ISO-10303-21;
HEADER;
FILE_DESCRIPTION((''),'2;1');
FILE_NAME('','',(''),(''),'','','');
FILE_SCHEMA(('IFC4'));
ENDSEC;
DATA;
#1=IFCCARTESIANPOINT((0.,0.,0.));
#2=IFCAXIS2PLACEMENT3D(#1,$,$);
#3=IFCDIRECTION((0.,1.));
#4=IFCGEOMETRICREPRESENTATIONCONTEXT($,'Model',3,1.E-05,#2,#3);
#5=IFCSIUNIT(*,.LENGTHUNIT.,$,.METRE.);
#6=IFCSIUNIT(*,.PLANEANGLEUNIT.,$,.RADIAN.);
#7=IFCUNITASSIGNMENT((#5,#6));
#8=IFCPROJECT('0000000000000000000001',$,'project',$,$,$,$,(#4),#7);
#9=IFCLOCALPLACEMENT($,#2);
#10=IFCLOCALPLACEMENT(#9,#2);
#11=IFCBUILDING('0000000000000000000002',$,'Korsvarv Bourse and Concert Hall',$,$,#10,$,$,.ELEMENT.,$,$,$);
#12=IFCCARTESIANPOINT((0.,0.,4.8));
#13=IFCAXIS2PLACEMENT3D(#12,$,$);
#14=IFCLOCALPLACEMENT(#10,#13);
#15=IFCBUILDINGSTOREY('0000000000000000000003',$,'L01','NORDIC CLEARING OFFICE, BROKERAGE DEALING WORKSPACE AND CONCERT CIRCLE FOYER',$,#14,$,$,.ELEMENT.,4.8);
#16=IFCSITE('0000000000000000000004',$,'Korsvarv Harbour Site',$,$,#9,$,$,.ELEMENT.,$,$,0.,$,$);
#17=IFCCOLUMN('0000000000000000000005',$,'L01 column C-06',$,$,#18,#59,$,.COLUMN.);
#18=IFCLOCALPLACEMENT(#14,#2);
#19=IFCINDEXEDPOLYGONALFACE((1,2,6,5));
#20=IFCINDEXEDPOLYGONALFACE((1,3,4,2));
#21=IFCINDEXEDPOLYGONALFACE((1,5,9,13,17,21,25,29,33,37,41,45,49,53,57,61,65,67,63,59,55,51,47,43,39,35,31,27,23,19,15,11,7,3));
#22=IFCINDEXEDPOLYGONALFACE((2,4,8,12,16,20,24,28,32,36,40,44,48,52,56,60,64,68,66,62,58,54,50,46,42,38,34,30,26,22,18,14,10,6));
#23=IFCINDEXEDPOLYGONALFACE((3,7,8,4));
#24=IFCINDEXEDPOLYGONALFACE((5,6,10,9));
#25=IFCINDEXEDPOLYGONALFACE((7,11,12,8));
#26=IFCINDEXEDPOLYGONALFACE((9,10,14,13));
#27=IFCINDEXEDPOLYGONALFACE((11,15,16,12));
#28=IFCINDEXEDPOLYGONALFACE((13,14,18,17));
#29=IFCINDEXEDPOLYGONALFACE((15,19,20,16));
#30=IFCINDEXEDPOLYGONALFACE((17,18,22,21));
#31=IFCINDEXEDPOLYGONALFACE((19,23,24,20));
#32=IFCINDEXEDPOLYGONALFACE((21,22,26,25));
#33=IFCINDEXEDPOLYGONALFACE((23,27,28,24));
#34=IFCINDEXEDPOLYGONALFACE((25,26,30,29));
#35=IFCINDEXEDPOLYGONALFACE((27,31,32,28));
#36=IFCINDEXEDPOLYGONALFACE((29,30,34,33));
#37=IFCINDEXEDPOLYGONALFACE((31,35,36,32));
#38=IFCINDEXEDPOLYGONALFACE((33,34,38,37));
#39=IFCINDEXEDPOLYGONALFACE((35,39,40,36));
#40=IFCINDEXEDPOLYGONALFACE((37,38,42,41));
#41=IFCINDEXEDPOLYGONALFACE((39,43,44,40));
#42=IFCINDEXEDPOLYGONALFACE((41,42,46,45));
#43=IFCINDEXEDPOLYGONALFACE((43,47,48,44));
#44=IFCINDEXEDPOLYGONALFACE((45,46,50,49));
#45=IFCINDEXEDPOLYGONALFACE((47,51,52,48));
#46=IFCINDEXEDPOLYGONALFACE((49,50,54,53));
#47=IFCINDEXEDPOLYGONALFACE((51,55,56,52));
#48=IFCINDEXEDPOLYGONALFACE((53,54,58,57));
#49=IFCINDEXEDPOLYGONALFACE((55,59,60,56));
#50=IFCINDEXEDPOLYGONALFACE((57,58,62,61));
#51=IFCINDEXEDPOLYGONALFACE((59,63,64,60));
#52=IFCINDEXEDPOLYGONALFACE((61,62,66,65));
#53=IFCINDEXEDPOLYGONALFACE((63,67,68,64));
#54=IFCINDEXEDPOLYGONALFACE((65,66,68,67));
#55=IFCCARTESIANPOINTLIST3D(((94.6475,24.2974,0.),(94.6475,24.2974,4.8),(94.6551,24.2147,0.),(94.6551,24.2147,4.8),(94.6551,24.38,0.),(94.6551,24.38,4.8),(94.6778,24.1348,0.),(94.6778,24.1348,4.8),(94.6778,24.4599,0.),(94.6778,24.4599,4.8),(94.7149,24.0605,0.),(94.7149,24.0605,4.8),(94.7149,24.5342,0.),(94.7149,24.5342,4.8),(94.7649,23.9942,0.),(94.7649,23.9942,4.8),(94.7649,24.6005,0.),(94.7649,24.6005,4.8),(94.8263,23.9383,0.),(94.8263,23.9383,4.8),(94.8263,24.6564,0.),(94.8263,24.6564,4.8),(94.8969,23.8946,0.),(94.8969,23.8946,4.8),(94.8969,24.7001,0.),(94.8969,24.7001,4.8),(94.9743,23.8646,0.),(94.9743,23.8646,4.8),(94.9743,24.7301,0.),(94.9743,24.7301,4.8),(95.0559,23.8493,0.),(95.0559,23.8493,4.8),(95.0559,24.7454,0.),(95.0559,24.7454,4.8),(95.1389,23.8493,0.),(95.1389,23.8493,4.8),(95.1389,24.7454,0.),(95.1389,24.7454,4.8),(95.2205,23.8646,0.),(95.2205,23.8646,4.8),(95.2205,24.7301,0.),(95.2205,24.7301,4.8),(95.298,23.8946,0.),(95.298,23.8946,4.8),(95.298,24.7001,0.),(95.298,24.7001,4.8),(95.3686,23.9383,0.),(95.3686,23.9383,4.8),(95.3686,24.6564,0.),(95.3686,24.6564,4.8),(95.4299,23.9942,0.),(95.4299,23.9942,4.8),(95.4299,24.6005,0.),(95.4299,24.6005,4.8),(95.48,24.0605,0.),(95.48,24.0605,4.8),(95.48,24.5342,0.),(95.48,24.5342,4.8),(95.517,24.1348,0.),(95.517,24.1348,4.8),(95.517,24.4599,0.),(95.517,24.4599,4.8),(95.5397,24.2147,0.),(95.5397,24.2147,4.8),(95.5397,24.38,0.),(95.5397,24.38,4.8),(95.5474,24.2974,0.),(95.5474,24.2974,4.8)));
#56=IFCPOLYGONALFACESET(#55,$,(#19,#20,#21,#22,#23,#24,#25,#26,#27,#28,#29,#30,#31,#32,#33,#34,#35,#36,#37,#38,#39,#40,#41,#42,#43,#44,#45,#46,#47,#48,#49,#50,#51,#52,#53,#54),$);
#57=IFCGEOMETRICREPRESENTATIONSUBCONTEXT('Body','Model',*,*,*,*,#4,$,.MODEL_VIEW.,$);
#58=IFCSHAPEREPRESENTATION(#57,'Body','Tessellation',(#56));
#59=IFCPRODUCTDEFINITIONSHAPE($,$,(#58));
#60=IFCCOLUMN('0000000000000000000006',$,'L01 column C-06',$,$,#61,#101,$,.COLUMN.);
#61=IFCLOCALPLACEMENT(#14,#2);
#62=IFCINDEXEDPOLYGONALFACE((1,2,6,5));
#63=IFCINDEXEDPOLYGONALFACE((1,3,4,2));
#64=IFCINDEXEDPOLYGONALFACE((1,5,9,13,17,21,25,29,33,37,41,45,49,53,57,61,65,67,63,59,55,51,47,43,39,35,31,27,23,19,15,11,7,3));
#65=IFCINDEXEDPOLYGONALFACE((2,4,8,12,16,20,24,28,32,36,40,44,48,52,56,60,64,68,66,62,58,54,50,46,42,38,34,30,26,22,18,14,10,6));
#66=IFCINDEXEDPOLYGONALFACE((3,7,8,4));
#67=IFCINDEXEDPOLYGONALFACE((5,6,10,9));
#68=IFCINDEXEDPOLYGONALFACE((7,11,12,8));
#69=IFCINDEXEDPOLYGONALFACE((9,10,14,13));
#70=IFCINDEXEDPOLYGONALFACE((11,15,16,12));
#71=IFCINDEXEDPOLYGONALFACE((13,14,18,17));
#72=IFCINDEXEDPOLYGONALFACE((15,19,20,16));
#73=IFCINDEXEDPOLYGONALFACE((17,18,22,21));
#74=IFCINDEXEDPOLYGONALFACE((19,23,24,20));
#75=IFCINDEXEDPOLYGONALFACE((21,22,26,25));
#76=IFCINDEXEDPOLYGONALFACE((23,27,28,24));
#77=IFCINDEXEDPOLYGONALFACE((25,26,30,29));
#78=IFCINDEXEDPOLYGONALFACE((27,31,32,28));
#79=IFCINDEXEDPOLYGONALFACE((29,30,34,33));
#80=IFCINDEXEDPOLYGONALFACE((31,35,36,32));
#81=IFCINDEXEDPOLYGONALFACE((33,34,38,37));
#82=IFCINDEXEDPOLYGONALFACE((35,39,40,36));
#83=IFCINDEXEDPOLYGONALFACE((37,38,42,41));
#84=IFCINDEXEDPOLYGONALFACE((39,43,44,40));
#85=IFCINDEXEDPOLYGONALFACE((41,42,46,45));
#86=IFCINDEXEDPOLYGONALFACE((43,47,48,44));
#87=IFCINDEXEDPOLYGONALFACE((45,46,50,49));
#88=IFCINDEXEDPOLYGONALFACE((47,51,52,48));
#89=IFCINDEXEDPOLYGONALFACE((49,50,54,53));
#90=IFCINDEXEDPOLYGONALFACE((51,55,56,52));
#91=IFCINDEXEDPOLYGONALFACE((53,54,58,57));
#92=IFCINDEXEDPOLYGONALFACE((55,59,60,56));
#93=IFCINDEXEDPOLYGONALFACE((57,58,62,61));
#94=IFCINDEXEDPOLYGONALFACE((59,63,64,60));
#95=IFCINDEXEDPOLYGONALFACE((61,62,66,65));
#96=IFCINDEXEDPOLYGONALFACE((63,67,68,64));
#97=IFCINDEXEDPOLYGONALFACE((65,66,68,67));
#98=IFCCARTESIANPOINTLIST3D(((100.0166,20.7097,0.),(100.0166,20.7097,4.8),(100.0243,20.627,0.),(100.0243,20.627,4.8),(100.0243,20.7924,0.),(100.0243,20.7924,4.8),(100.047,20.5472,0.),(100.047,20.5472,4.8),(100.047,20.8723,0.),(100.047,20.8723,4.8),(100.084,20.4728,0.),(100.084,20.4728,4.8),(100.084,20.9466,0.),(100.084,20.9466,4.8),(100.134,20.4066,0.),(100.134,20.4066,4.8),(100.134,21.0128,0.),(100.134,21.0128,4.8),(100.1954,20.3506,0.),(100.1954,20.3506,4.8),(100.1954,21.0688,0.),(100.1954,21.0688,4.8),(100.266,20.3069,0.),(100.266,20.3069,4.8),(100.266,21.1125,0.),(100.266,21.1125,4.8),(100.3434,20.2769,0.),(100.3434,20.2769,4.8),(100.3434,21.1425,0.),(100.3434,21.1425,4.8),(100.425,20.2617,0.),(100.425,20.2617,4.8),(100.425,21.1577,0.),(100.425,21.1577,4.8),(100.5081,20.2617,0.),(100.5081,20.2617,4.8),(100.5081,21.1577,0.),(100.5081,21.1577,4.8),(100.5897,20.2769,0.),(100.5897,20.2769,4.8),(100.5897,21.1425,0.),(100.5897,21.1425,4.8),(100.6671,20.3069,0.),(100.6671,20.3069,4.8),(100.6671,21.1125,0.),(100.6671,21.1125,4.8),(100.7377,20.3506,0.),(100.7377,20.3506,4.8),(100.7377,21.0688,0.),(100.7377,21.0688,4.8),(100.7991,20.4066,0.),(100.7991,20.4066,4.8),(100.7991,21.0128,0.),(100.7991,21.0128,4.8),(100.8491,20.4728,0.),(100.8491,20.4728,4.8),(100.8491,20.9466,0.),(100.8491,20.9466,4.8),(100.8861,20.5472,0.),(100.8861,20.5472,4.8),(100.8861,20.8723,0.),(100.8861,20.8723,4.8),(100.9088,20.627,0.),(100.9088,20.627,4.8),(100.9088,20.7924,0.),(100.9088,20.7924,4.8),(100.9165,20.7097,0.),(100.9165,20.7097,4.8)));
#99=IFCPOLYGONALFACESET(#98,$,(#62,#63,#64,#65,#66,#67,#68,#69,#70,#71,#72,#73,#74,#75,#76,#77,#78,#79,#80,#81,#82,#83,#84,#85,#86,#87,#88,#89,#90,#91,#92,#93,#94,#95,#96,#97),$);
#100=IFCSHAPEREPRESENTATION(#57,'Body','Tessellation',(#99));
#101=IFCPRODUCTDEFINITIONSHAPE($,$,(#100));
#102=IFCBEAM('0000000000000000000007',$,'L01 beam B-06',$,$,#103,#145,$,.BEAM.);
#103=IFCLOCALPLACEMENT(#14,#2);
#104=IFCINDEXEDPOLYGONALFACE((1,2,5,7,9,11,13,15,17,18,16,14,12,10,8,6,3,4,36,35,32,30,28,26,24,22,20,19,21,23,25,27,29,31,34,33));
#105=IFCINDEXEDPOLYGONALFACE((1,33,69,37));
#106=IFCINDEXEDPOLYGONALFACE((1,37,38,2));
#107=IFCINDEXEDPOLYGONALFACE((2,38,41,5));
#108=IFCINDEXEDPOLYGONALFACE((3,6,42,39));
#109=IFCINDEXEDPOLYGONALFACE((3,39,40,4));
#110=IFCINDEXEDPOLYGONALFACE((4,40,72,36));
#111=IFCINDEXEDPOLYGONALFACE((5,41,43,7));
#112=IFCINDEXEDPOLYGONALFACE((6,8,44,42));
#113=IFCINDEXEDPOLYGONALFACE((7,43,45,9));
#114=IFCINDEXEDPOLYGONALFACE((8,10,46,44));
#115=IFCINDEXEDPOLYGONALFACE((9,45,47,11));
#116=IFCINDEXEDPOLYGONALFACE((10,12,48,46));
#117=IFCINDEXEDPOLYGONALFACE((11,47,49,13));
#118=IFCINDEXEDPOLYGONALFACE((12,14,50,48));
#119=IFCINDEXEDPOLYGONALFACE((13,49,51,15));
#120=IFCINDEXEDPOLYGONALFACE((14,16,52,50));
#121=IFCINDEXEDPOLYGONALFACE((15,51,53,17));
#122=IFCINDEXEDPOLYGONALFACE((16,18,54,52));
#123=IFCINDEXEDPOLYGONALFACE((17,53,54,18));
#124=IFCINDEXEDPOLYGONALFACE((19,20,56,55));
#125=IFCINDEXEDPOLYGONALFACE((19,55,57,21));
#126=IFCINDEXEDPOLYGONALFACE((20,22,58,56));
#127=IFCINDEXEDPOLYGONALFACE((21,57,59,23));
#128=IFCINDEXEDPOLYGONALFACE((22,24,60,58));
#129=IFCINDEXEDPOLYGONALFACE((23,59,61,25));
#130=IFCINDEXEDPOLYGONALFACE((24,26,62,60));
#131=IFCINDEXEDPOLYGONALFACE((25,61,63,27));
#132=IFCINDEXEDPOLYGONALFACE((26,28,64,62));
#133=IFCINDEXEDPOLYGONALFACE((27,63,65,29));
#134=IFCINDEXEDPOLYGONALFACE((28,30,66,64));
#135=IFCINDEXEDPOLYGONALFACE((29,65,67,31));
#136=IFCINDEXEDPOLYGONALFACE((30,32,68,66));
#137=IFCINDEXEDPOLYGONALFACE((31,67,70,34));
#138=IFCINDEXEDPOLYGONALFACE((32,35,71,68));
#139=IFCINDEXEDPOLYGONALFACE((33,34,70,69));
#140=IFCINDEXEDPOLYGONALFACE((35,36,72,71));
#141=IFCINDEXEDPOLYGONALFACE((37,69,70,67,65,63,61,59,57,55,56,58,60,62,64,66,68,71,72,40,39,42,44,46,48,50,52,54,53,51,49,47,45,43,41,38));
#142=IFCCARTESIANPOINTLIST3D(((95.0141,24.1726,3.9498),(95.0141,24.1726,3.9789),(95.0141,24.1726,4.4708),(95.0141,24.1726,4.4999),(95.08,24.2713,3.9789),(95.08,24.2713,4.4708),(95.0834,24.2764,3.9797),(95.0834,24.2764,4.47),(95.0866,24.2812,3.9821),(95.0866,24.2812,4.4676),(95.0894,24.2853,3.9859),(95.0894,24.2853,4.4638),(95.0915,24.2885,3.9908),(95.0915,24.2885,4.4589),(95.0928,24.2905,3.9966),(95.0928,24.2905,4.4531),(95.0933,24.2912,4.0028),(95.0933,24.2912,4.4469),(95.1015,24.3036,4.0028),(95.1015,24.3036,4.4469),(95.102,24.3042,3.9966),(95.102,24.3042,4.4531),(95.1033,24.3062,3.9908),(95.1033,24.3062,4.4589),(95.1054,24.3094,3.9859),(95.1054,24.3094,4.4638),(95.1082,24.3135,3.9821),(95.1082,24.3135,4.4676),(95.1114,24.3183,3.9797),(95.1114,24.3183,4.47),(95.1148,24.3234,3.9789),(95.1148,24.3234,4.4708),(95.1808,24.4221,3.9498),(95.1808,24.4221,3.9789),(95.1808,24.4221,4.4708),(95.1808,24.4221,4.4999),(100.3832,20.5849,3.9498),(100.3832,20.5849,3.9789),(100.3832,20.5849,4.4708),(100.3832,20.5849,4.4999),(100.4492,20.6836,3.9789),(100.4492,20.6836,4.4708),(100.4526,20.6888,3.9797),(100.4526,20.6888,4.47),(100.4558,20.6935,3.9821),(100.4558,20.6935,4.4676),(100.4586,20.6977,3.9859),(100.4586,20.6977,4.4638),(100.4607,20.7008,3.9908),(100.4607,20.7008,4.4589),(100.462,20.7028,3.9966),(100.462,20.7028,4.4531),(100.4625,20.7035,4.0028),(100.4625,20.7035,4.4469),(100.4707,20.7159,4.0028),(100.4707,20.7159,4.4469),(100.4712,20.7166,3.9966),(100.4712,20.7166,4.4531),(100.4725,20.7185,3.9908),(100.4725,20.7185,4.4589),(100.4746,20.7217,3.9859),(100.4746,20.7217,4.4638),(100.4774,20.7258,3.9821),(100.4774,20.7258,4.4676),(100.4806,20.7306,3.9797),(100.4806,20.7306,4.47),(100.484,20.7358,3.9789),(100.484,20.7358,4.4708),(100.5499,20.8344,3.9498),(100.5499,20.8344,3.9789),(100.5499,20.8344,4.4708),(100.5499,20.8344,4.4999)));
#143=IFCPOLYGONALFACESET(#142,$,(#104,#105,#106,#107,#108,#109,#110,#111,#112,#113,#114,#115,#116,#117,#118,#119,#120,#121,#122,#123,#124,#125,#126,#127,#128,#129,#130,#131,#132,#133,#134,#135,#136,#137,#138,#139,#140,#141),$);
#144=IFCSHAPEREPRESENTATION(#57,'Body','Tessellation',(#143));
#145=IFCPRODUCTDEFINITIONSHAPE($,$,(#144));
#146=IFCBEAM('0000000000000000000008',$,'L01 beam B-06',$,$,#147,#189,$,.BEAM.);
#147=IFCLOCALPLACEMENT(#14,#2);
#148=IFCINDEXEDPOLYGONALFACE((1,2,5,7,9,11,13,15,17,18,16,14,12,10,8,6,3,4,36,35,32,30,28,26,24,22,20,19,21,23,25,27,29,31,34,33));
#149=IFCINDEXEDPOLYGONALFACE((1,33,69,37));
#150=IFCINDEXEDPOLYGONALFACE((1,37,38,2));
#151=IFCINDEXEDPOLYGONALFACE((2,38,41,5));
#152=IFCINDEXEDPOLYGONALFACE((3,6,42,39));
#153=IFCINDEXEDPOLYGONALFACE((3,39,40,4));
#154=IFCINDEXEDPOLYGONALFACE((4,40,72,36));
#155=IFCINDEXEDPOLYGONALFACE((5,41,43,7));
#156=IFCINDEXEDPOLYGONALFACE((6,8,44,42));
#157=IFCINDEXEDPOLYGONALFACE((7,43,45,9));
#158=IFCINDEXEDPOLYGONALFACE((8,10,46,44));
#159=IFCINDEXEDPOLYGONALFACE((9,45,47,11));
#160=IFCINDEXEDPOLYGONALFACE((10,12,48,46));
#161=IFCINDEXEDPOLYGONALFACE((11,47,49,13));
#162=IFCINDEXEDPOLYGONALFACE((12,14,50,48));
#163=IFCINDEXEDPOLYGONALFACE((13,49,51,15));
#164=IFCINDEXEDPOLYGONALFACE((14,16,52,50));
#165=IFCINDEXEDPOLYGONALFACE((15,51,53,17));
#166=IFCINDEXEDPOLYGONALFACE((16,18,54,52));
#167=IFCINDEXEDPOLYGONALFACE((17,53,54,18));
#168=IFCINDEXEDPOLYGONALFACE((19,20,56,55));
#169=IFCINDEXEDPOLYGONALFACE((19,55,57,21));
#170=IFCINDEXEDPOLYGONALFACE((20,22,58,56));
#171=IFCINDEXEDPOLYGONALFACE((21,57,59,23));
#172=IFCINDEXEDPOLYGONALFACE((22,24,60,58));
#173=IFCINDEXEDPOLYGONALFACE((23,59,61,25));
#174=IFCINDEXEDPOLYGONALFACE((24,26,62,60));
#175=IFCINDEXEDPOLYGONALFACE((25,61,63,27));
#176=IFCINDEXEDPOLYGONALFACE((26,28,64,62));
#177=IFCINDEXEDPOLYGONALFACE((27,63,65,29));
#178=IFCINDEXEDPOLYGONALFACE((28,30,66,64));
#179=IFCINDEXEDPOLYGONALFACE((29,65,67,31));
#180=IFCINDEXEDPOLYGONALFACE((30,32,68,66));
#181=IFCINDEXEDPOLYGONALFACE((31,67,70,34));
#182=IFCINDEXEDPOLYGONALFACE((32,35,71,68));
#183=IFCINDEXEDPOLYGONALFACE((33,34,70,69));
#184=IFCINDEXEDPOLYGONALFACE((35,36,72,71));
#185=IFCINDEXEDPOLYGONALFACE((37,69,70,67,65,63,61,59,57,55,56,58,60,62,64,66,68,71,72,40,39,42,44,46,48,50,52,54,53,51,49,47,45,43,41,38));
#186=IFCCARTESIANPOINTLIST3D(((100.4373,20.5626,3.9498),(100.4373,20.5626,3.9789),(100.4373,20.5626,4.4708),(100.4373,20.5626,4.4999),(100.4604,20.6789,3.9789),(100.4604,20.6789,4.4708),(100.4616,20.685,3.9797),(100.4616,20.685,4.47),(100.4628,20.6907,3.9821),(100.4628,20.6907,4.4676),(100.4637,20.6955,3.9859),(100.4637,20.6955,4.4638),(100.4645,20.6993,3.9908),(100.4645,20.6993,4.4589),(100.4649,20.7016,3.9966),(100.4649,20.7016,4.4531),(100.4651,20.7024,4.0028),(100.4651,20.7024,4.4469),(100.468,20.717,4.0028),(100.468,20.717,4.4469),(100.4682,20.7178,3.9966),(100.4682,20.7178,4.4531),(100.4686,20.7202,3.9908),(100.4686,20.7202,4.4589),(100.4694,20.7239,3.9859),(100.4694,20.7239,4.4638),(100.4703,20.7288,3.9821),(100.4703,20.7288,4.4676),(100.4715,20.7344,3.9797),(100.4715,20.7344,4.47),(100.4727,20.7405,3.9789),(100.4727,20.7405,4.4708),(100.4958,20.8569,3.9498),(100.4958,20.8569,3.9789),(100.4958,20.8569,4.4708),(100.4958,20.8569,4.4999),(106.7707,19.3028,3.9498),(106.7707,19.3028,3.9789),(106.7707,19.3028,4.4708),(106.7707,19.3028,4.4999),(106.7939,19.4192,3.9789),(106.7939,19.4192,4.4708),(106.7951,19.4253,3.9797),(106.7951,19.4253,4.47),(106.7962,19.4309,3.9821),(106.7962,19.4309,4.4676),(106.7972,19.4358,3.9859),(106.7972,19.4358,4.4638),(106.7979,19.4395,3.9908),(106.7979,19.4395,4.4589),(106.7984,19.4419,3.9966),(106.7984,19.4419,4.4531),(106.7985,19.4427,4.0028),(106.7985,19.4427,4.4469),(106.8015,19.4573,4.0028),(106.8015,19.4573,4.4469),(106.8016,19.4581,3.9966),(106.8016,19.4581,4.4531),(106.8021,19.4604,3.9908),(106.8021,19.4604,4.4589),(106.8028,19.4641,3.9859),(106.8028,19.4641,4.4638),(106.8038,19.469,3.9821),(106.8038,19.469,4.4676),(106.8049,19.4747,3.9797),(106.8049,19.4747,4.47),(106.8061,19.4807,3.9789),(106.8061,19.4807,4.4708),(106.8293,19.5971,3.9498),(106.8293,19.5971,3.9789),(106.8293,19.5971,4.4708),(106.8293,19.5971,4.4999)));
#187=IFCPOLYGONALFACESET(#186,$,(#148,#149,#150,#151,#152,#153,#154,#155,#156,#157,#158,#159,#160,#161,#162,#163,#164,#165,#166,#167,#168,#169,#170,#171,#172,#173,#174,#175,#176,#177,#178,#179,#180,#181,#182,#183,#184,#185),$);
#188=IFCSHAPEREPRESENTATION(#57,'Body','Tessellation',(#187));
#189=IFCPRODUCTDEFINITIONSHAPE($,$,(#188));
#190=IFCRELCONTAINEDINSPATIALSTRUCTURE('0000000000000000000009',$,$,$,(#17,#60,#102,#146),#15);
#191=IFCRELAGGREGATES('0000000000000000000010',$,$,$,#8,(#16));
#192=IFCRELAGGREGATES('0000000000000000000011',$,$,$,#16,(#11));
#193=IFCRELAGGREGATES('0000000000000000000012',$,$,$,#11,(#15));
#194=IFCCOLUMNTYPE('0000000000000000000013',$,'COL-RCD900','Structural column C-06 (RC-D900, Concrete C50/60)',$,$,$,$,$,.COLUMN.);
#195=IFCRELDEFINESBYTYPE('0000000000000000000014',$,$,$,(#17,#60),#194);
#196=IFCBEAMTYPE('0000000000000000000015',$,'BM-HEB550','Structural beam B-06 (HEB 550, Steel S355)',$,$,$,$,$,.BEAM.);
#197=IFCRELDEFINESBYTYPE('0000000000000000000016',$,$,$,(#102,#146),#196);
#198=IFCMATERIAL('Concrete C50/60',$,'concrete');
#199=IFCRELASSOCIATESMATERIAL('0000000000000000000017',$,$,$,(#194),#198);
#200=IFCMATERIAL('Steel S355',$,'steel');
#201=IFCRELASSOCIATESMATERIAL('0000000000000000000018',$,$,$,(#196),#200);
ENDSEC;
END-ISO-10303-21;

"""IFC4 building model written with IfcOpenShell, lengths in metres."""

from ifc_helpers import new_model, si_unit, direction, frame, origin, origin_2d, place, context, subcontext, project, spatial, circle, i_section, extrude, source, transform, mapped, material, material_profile, profile_set, type_object, element, save


model = new_model("IFC4")

# Units and contexts
model_context = context("Model", 3, precision=1e-05, world=origin(), true_north=direction((0.0, 1.0)))
body_context = subcontext(model_context, "Body", "Model", "MODEL_VIEW")
ifc_project = project(units=[si_unit("LENGTHUNIT", "METRE"), si_unit("PLANEANGLEUNIT", "RADIAN")], contexts=[model_context])

# Site, building, storey
site_placement = place(None, origin())
site = spatial("IfcSite", under=ifc_project, at=site_placement, Name="Korsvarv Harbour Site", CompositionType="ELEMENT", RefElevation=0.0)
building_placement = place(site_placement, origin())
building = spatial("IfcBuilding", under=site, at=building_placement, Name="Korsvarv Bourse and Concert Hall", CompositionType="ELEMENT")
storey_placement = place(building_placement, frame((0.0, 0.0, 4.8)))
storey = spatial("IfcBuildingStorey", under=building, at=storey_placement, Name="L01", Description="NORDIC CLEARING OFFICE, BROKERAGE DEALING WORKSPACE AND CONCERT CIRCLE FOYER", CompositionType="ELEMENT", Elevation=4.8)

# Columns
ifc_material_1 = material(Name="Concrete C50/60", Category="concrete")
ifc_material_profile_1 = material_profile(ifc_material_1, circle(Radius=0.45, at=origin_2d()), Name="RC-D900")
ifc_profile_set_1 = profile_set([ifc_material_profile_1], Name="Concrete C50/60")
column_type = type_object("IfcColumnType", Name="COL-RCD900", Description="Structural column C-06 (RC-D900, Concrete C50/60)", PredefinedType="COLUMN", material=ifc_profile_set_1)
shared_shape_1 = source(origin(), body_context, "Body", "SweptSolid", [
    extrude(circle(Radius=0.45, at=origin_2d()), origin(), (0.0, 0.0, 1.0), 4.8),
])
for number, where, z_axis, x_axis, name in (
    (1, (95.0974, 24.2974, 0.0), (0.0, 0.0, 1.0), (1.0, 0.0, 0.0), "L01 column C-06"),
    (2, (100.4666, 20.7097, 0.0), (0.0, 0.0, 1.0), (1.0, 0.0, 0.0), "L01 column C-06"),
):
    element("IfcColumn", number, at=place(storey_placement, frame(where, z_axis=z_axis, x_axis=x_axis)), inside=storey, type_object=column_type, Name=name, PredefinedType="COLUMN", context=body_context, shape_type="MappedRepresentation", body=[
        mapped(shared_shape_1, transform((0.0, 0.0, 0.0), scale=1.0)),
    ])

# Beams
ifc_material_2 = material(Name="Steel S355", Category="steel")
ifc_material_profile_2 = material_profile(ifc_material_2, i_section(OverallWidth=0.3, OverallDepth=0.55, WebThickness=0.0149, FlangeThickness=0.0291, FilletRadius=0.0239, at=origin_2d()), Name="HEB 550")
ifc_profile_set_2 = profile_set([ifc_material_profile_2], Name="Steel S355")
beam_type = type_object("IfcBeamType", Name="BM-HEB550", Description="Structural beam B-06 (HEB 550, Steel S355)", PredefinedType="BEAM", material=ifc_profile_set_2)
shared_shape_2 = source(origin(), body_context, "Body", "SweptSolid", [
    extrude(i_section(OverallWidth=0.3, OverallDepth=0.55, WebThickness=0.0149, FlangeThickness=0.0291, FilletRadius=0.0239, at=origin_2d()), origin(), (0.0, 0.0, 1.0), 6.4575),
])
for number, where, z_axis, x_axis, name in (
    (3, (95.0974, 24.2974, 4.2249), (0.831462, -0.555581, 0.0), (0.555581, 0.831462, 0.0), "L01 beam B-06"),
    (4, (100.4666, 20.7097, 4.2249), (0.980787, -0.195084, 0.0), (0.195084, 0.980787, 0.0), "L01 beam B-06"),
):
    element("IfcBeam", number, at=place(storey_placement, frame(where, z_axis=z_axis, x_axis=x_axis)), inside=storey, type_object=beam_type, Name=name, PredefinedType="BEAM", context=body_context, shape_type="MappedRepresentation", body=[
        mapped(shared_shape_2, transform((0.0, 0.0, 0.0), scale=1.0)),
    ])

save(model, "model.ifc")
